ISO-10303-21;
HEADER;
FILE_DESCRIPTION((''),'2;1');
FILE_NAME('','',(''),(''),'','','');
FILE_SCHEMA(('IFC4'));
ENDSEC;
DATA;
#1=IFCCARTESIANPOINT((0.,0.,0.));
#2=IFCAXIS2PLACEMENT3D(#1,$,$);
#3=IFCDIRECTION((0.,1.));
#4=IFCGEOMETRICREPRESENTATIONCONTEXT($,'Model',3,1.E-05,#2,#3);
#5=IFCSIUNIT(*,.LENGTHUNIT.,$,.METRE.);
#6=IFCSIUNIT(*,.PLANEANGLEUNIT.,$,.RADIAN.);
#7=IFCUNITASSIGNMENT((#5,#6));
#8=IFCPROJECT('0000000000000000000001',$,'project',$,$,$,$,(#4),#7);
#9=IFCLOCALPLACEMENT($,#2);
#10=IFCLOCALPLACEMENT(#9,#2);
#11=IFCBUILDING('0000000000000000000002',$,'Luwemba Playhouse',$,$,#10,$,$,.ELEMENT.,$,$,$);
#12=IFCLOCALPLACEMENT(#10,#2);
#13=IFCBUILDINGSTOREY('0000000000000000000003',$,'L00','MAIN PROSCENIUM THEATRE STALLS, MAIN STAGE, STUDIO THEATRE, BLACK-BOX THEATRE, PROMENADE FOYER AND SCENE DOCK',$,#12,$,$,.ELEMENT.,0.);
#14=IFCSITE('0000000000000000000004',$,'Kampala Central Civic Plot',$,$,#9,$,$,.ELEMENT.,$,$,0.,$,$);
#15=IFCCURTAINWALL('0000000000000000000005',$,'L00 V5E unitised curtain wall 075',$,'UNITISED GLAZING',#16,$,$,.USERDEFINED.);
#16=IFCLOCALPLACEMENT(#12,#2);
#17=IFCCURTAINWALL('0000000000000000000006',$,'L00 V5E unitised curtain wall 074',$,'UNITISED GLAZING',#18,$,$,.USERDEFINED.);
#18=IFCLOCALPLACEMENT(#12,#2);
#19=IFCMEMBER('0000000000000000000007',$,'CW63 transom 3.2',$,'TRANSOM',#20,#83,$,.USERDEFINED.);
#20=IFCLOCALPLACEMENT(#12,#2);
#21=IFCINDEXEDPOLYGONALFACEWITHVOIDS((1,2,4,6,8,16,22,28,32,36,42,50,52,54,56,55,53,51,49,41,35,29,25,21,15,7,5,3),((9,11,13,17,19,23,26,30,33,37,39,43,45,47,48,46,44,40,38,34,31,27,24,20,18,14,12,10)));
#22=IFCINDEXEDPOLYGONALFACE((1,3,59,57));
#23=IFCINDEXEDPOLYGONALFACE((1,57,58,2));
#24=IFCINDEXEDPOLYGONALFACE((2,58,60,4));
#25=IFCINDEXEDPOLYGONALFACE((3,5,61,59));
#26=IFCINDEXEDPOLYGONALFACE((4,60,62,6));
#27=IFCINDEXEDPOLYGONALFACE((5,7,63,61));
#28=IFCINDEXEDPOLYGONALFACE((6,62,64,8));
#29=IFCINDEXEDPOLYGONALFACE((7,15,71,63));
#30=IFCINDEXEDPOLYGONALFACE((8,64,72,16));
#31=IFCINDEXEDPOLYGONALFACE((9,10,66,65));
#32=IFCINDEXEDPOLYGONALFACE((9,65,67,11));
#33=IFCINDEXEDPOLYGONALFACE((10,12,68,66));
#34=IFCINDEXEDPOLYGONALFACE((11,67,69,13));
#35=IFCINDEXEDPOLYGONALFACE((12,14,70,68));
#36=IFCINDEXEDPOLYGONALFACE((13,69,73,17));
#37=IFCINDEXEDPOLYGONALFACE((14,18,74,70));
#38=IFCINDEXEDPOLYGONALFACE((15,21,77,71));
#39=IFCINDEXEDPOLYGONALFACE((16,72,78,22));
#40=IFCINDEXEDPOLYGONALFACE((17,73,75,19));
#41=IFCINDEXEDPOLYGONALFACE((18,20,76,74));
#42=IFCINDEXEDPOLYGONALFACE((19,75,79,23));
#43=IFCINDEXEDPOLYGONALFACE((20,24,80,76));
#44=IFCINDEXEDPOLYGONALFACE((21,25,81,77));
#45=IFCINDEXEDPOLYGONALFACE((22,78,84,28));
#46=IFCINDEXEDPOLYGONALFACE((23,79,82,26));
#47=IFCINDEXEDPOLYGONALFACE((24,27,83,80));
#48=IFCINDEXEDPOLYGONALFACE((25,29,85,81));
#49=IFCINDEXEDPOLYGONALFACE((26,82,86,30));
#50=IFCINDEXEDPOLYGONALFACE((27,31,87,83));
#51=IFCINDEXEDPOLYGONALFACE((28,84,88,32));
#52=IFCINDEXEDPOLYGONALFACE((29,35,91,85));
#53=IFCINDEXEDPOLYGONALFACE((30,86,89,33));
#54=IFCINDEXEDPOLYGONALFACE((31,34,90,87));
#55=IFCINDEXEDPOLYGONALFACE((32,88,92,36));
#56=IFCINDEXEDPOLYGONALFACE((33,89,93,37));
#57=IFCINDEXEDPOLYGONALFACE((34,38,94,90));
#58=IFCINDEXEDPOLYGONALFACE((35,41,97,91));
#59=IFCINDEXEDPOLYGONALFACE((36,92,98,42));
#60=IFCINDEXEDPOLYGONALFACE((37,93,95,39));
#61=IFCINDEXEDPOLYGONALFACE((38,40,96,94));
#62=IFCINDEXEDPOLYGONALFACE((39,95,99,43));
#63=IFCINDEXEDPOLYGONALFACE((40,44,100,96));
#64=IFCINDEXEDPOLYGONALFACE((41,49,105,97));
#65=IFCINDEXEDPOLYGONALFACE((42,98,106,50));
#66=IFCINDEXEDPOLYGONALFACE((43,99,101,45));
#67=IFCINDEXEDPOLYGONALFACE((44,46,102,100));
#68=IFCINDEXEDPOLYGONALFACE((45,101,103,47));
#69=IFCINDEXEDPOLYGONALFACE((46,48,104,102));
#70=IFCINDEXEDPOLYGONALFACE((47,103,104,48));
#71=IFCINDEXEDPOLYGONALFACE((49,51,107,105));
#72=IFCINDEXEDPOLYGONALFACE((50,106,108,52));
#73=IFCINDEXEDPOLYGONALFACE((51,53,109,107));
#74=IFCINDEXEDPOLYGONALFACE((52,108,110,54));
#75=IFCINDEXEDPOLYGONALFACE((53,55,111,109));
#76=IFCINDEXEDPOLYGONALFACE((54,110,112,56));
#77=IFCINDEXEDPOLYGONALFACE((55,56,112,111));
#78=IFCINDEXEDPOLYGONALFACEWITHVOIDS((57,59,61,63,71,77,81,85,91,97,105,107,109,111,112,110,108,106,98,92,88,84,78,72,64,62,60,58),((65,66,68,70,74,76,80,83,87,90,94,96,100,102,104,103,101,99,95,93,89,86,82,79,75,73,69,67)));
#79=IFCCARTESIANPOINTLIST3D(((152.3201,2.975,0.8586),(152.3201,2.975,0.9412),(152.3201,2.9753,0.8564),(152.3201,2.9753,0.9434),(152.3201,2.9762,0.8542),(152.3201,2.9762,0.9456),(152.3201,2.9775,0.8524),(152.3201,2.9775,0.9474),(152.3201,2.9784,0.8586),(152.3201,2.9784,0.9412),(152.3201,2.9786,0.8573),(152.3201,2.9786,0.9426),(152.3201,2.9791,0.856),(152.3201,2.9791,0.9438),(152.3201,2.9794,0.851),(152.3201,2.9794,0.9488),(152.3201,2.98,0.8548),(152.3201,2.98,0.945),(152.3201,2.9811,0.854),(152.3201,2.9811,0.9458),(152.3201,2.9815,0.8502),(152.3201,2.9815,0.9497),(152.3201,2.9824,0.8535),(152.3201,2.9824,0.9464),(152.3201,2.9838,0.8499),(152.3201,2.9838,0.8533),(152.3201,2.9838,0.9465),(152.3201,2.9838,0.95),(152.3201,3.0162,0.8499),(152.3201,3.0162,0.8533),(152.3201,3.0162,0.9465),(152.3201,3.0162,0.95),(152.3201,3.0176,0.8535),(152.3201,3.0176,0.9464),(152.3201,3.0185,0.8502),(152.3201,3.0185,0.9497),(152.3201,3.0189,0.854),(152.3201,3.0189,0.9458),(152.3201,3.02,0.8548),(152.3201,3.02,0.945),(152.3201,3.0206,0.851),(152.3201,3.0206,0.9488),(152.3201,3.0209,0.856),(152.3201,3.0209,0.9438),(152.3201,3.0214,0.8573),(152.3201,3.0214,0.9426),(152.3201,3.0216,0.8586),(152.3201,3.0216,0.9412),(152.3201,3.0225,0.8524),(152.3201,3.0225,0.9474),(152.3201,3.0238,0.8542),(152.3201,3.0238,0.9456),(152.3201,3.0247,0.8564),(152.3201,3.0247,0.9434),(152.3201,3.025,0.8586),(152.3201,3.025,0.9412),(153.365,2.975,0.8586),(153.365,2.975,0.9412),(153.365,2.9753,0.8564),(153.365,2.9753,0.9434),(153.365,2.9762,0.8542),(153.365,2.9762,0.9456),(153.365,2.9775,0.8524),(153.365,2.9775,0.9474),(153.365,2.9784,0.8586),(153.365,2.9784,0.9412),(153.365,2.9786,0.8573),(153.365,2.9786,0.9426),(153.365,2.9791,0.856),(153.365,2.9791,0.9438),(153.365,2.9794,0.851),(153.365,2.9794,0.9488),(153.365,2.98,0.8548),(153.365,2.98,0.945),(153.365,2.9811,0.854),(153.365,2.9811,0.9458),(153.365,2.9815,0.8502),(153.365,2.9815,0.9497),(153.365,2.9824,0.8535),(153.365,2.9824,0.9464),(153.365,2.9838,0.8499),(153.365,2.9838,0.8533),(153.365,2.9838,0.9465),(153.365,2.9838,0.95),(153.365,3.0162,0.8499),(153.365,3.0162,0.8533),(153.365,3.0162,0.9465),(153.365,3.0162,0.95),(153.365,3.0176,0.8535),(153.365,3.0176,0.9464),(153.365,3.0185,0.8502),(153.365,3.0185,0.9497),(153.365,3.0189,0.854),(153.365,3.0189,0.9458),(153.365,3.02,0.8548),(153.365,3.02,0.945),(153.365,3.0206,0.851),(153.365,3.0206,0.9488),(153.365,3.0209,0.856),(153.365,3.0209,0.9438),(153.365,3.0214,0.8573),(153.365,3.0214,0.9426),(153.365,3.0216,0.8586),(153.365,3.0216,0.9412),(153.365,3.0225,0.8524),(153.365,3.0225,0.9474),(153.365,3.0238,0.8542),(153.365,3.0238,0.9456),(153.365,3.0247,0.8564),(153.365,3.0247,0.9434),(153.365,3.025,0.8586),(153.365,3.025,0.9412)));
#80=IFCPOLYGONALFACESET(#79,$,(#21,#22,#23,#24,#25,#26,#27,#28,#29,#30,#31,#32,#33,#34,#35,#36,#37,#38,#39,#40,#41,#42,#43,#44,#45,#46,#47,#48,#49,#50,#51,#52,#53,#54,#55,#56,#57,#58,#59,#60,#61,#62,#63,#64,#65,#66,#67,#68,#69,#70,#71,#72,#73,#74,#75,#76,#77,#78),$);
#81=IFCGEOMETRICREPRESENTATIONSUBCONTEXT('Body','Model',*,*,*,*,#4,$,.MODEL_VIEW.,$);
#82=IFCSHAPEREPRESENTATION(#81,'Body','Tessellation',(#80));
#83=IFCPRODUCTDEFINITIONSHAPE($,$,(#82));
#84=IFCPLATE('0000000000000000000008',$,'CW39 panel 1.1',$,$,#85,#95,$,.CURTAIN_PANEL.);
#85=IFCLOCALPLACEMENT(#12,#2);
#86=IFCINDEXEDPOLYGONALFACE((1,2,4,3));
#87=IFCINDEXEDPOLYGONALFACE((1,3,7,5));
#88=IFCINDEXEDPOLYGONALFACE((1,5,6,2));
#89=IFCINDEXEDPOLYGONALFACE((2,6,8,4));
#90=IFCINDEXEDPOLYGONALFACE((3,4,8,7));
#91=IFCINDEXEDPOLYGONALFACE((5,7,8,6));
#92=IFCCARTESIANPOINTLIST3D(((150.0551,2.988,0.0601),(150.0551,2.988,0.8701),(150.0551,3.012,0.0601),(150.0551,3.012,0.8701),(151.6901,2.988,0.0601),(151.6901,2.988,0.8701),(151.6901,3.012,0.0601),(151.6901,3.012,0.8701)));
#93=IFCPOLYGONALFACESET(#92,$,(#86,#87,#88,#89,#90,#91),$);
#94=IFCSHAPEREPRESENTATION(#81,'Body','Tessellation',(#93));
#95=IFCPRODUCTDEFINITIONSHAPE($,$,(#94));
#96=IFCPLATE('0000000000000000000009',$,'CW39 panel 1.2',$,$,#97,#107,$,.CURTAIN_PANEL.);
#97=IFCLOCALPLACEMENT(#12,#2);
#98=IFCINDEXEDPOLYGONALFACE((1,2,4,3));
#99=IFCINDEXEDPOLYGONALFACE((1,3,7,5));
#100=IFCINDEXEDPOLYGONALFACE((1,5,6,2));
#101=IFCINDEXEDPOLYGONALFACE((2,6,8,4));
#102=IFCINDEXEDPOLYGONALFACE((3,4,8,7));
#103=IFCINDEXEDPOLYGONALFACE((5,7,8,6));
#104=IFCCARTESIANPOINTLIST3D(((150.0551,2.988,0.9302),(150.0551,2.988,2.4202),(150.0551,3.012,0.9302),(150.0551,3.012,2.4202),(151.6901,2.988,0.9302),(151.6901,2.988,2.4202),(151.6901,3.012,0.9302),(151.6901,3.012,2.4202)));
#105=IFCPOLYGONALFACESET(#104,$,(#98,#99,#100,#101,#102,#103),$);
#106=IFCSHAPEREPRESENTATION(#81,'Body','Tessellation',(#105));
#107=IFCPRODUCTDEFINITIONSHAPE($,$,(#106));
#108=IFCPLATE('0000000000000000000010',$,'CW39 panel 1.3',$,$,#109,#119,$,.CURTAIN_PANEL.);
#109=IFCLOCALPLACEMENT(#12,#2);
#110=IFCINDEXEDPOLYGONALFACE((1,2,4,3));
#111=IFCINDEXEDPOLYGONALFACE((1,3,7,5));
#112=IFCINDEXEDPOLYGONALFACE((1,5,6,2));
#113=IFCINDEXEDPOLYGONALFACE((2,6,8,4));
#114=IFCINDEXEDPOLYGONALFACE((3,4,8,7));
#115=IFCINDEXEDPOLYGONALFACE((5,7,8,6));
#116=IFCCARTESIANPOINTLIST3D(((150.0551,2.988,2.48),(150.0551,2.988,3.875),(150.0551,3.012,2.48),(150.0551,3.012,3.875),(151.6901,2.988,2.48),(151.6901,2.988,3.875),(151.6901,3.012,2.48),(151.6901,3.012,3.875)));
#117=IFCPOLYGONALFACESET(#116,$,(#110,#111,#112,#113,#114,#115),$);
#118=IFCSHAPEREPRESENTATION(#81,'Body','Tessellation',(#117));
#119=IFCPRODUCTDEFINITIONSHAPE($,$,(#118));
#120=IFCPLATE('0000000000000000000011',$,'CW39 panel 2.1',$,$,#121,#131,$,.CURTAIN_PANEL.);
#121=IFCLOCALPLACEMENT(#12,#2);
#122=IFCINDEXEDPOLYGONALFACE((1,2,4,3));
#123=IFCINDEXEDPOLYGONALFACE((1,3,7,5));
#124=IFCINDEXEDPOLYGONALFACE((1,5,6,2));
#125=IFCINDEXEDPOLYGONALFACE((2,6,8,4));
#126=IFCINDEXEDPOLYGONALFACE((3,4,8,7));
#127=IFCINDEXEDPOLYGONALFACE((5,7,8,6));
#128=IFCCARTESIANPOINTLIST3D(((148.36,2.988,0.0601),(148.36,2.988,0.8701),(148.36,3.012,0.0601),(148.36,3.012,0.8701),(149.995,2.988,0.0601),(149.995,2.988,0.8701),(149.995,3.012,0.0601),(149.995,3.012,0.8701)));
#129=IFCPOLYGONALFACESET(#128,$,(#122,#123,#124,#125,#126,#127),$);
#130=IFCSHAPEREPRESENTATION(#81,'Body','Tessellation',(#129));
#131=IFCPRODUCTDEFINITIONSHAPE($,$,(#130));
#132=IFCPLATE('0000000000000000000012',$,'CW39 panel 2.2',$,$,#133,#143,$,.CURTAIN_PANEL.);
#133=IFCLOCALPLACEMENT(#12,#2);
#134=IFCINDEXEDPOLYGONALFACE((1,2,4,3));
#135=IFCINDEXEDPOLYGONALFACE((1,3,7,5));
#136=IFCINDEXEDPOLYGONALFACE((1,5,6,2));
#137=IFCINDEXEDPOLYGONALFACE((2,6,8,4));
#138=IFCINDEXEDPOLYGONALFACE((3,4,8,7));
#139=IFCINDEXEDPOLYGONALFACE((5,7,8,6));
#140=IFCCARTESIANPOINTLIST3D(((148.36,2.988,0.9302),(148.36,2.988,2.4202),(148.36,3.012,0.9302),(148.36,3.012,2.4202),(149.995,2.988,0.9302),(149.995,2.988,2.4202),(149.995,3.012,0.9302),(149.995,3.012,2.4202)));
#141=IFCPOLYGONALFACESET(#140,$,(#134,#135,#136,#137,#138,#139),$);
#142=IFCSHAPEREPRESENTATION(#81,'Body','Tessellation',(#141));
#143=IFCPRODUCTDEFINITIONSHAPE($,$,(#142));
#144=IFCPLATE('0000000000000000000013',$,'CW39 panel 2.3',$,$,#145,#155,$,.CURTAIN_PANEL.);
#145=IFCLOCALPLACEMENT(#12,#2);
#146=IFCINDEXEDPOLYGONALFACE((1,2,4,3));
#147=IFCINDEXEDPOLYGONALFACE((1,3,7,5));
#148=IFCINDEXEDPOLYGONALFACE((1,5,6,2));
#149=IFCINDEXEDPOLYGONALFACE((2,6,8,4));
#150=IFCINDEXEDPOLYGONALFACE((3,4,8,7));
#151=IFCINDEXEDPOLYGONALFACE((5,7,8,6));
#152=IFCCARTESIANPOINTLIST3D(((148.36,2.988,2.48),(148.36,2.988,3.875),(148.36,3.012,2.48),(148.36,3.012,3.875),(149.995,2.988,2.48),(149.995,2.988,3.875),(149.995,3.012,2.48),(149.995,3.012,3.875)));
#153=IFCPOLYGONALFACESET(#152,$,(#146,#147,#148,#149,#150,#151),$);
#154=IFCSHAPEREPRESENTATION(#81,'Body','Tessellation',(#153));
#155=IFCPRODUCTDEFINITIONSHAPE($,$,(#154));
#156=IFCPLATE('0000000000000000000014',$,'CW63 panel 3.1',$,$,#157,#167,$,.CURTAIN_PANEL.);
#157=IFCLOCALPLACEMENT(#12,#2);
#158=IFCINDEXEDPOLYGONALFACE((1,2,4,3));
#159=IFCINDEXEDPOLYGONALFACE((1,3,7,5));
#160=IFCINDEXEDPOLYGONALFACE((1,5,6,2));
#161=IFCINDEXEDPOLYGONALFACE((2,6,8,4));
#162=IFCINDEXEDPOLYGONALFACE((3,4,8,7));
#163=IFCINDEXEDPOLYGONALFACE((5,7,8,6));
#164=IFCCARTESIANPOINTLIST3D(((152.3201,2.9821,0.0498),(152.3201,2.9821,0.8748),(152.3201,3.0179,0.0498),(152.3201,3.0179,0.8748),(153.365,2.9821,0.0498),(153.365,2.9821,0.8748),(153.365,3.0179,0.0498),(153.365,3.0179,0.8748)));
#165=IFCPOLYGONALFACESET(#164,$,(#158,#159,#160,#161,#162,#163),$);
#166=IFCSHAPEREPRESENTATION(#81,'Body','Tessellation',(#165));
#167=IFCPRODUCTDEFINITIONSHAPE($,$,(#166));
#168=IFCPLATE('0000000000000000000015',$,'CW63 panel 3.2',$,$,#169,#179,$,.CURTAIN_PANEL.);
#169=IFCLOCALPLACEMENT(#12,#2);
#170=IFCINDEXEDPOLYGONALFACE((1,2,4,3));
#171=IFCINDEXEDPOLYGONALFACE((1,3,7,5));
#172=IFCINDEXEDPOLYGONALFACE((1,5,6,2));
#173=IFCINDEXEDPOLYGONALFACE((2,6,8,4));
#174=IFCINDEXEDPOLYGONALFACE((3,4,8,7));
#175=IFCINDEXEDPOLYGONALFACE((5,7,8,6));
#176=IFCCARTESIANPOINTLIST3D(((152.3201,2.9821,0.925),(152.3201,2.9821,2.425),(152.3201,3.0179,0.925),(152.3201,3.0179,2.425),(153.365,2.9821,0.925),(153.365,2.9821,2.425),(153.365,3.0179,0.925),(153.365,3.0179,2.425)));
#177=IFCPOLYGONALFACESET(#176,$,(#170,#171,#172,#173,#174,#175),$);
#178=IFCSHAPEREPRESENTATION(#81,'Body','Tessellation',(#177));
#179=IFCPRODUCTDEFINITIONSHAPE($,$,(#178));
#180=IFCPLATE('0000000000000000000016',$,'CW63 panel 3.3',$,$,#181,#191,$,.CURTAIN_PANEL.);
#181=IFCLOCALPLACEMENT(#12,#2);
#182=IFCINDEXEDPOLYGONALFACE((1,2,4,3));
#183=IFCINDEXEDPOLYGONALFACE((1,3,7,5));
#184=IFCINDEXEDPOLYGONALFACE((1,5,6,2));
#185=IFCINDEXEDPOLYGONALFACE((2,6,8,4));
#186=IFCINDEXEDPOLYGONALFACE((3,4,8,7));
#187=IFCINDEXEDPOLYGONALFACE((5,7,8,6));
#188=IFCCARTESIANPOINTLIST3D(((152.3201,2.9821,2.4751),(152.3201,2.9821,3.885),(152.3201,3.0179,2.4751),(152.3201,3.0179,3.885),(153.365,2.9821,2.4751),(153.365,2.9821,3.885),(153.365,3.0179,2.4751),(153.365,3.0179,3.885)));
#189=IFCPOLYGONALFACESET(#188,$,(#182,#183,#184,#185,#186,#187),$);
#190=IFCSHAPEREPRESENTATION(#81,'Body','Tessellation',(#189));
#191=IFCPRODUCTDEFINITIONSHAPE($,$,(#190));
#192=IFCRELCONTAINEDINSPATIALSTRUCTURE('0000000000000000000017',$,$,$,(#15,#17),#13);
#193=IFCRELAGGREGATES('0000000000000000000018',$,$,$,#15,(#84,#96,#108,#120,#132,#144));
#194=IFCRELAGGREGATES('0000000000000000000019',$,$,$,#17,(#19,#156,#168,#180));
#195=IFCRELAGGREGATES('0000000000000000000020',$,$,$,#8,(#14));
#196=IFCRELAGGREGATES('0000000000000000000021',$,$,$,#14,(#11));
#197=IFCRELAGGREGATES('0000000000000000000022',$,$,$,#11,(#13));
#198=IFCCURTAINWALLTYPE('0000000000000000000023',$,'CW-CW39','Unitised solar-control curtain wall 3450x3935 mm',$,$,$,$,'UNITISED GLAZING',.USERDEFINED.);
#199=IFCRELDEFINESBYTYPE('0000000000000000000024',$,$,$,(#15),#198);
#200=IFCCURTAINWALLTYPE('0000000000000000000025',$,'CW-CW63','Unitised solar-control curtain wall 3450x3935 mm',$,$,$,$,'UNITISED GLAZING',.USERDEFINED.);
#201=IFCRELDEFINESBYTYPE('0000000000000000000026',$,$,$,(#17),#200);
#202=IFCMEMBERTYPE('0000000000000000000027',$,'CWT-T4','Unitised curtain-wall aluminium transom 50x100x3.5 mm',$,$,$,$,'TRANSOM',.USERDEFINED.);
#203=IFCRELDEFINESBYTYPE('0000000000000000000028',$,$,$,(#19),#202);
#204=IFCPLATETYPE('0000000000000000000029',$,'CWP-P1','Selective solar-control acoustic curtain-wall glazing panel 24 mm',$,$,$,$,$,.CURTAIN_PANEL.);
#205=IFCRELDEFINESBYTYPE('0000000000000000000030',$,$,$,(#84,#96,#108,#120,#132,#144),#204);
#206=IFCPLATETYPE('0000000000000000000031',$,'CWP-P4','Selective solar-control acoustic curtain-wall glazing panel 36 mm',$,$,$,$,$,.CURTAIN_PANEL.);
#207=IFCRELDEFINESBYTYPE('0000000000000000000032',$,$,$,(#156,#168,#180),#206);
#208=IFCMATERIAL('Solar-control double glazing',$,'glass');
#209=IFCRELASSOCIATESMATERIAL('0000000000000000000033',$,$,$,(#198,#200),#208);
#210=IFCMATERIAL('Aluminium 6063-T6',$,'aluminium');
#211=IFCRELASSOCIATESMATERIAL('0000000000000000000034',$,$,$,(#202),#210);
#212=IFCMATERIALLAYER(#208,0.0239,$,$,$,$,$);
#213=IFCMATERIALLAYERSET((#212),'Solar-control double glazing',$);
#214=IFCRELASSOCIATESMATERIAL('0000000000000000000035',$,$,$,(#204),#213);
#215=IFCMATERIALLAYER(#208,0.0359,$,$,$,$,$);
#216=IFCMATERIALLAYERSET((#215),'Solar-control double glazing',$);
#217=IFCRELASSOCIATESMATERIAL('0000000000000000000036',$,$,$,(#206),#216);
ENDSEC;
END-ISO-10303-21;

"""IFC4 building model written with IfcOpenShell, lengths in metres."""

from ifc_helpers import new_model, si_unit, direction, frame, origin, origin_2d, place, context, subcontext, project, spatial, rectangle, hollow_rectangle, extrude, material, layer, layer_set, material_profile, profile_set, type_object, element, aggregate, save


model = new_model("IFC4")

# Units and contexts
model_context = context("Model", 3, precision=1e-05, world=origin(), true_north=direction((0.0, 1.0)))
body_context = subcontext(model_context, "Body", "Model", "MODEL_VIEW")
ifc_project = project(units=[si_unit("LENGTHUNIT", "METRE"), si_unit("PLANEANGLEUNIT", "RADIAN")], contexts=[model_context])

# Site, building, storey
site_placement = place(None, origin())
site = spatial("IfcSite", under=ifc_project, at=site_placement, Name="Kampala Central Civic Plot", CompositionType="ELEMENT", RefElevation=0.0)
building_placement = place(site_placement, origin())
building = spatial("IfcBuilding", under=site, at=building_placement, Name="Luwemba Playhouse", CompositionType="ELEMENT")
storey_placement = place(building_placement, origin())
storey = spatial("IfcBuildingStorey", under=building, at=storey_placement, Name="L00", Description="MAIN PROSCENIUM THEATRE STALLS, MAIN STAGE, STUDIO THEATRE, BLACK-BOX THEATRE, PROMENADE FOYER AND SCENE DOCK", CompositionType="ELEMENT", Elevation=0.0)

# Curtain wall
ifc_material_1 = material(Name="Solar-control double glazing", Category="glass")
curtain_wall_type_1 = type_object("IfcCurtainWallType", Name="CW-CW39", Description="Unitised solar-control curtain wall 3450x3935 mm", ElementType="UNITISED GLAZING", PredefinedType="USERDEFINED", material=ifc_material_1)
curtain_wall_1_placement = place(storey_placement, origin())
curtain_wall_1 = element("IfcCurtainWall", 1, at=curtain_wall_1_placement, inside=storey, type_object=curtain_wall_type_1, Name="L00 V5E unitised curtain wall 075", ObjectType="UNITISED GLAZING", PredefinedType="USERDEFINED")
ifc_material_2 = material(Name="Aluminium 6063-T6", Category="aluminium")

# Curtain wall
curtain_wall_type_2 = type_object("IfcCurtainWallType", Name="CW-CW63", Description="Unitised solar-control curtain wall 3450x3935 mm", ElementType="UNITISED GLAZING", PredefinedType="USERDEFINED", material=ifc_material_1)
curtain_wall_2_placement = place(storey_placement, origin())
curtain_wall_2 = element("IfcCurtainWall", 2, at=curtain_wall_2_placement, inside=storey, type_object=curtain_wall_type_2, Name="L00 V5E unitised curtain wall 074", ObjectType="UNITISED GLAZING", PredefinedType="USERDEFINED")

# Member
ifc_material_profile_1 = material_profile(ifc_material_2, hollow_rectangle(XDim=0.05, YDim=0.1001, WallThickness=0.0034, InnerFilletRadius=0.0054, OuterFilletRadius=0.0088, at=origin_2d()))
ifc_profile_set_1 = profile_set([ifc_material_profile_1], Name="Aluminium 6063-T6")
member_type_1 = type_object("IfcMemberType", Name="CWT-T4", Description="Unitised curtain-wall aluminium transom 50x100x3.5 mm", ElementType="TRANSOM", PredefinedType="USERDEFINED", material=ifc_profile_set_1)
member_1_placement = place(storey_placement, frame((153.365, 3.0, 0.8999), z_axis=(-1.0, 0.0, 0.0), x_axis=(0.0, -1.0, 0.0)))
member_1 = element("IfcMember", 3, at=member_1_placement, type_object=member_type_1, Name="CW63 transom 3.2", ObjectType="TRANSOM", PredefinedType="USERDEFINED", context=body_context, shape_type="SweptSolid", body=[
    extrude(hollow_rectangle(XDim=0.05, YDim=0.1001, WallThickness=0.0034, InnerFilletRadius=0.0054, OuterFilletRadius=0.0088, at=origin_2d()), origin(), (0.0, 0.0, 1.0), 1.0449),
])

# Plates
ifc_layer_1 = layer(ifc_material_1, 0.0239)
ifc_layer_set_1 = layer_set([ifc_layer_1], Name="Solar-control double glazing")
plate_type_1 = type_object("IfcPlateType", Name="CWP-P1", Description="Selective solar-control acoustic curtain-wall glazing panel 24 mm", PredefinedType="CURTAIN_PANEL", material=ifc_layer_set_1)
plate_1_placement = place(storey_placement, frame((150.8726, 3.0, 0.0601), z_axis=(0.0, 0.0, 1.0), x_axis=(-1.0, 0.0, 0.0)))
plate_1 = element("IfcPlate", 4, at=plate_1_placement, type_object=plate_type_1, Name="CW39 panel 1.1", PredefinedType="CURTAIN_PANEL", context=body_context, shape_type="SweptSolid", body=[
    extrude(rectangle(XDim=1.635, YDim=0.0239, at=origin_2d()), origin(), (0.0, 0.0, 1.0), 0.8101),
])
plate_2_placement = place(storey_placement, frame((150.8726, 3.0, 0.9302), z_axis=(0.0, 0.0, 1.0), x_axis=(-1.0, 0.0, 0.0)))
plate_2 = element("IfcPlate", 5, at=plate_2_placement, type_object=plate_type_1, Name="CW39 panel 1.2", PredefinedType="CURTAIN_PANEL", context=body_context, shape_type="SweptSolid", body=[
    extrude(rectangle(XDim=1.635, YDim=0.0239, at=origin_2d()), origin(), (0.0, 0.0, 1.0), 1.49),
])
plate_3_placement = place(storey_placement, frame((150.8726, 3.0, 2.48), z_axis=(0.0, 0.0, 1.0), x_axis=(-1.0, 0.0, 0.0)))
plate_3 = element("IfcPlate", 6, at=plate_3_placement, type_object=plate_type_1, Name="CW39 panel 1.3", PredefinedType="CURTAIN_PANEL", context=body_context, shape_type="SweptSolid", body=[
    extrude(rectangle(XDim=1.635, YDim=0.0239, at=origin_2d()), origin(), (0.0, 0.0, 1.0), 1.395),
])
plate_4_placement = place(storey_placement, frame((149.1775, 3.0, 0.0601), z_axis=(0.0, 0.0, 1.0), x_axis=(-1.0, 0.0, 0.0)))
plate_4 = element("IfcPlate", 7, at=plate_4_placement, type_object=plate_type_1, Name="CW39 panel 2.1", PredefinedType="CURTAIN_PANEL", context=body_context, shape_type="SweptSolid", body=[
    extrude(rectangle(XDim=1.635, YDim=0.0239, at=origin_2d()), origin(), (0.0, 0.0, 1.0), 0.8101),
])
plate_5_placement = place(storey_placement, frame((149.1775, 3.0, 0.9302), z_axis=(0.0, 0.0, 1.0), x_axis=(-1.0, 0.0, 0.0)))
plate_5 = element("IfcPlate", 8, at=plate_5_placement, type_object=plate_type_1, Name="CW39 panel 2.2", PredefinedType="CURTAIN_PANEL", context=body_context, shape_type="SweptSolid", body=[
    extrude(rectangle(XDim=1.635, YDim=0.0239, at=origin_2d()), origin(), (0.0, 0.0, 1.0), 1.49),
])
plate_6_placement = place(storey_placement, frame((149.1775, 3.0, 2.48), z_axis=(0.0, 0.0, 1.0), x_axis=(-1.0, 0.0, 0.0)))
plate_6 = element("IfcPlate", 9, at=plate_6_placement, type_object=plate_type_1, Name="CW39 panel 2.3", PredefinedType="CURTAIN_PANEL", context=body_context, shape_type="SweptSolid", body=[
    extrude(rectangle(XDim=1.635, YDim=0.0239, at=origin_2d()), origin(), (0.0, 0.0, 1.0), 1.395),
])
aggregate(curtain_wall_1, [plate_1, plate_2, plate_3, plate_4, plate_5, plate_6])
ifc_layer_2 = layer(ifc_material_1, 0.0359)
ifc_layer_set_2 = layer_set([ifc_layer_2], Name="Solar-control double glazing")
plate_type_2 = type_object("IfcPlateType", Name="CWP-P4", Description="Selective solar-control acoustic curtain-wall glazing panel 36 mm", PredefinedType="CURTAIN_PANEL", material=ifc_layer_set_2)
plate_7_placement = place(storey_placement, frame((152.8425, 3.0, 0.0498), z_axis=(0.0, 0.0, 1.0), x_axis=(-1.0, 0.0, 0.0)))
plate_7 = element("IfcPlate", 10, at=plate_7_placement, type_object=plate_type_2, Name="CW63 panel 3.1", PredefinedType="CURTAIN_PANEL", context=body_context, shape_type="SweptSolid", body=[
    extrude(rectangle(XDim=1.0449, YDim=0.0359, at=origin_2d()), origin(), (0.0, 0.0, 1.0), 0.825),
])
plate_8_placement = place(storey_placement, frame((152.8425, 3.0, 0.925), z_axis=(0.0, 0.0, 1.0), x_axis=(-1.0, 0.0, 0.0)))
plate_8 = element("IfcPlate", 11, at=plate_8_placement, type_object=plate_type_2, Name="CW63 panel 3.2", PredefinedType="CURTAIN_PANEL", context=body_context, shape_type="SweptSolid", body=[
    extrude(rectangle(XDim=1.0449, YDim=0.0359, at=origin_2d()), origin(), (0.0, 0.0, 1.0), 1.5),
])
plate_9_placement = place(storey_placement, frame((152.8425, 3.0, 2.4751), z_axis=(0.0, 0.0, 1.0), x_axis=(-1.0, 0.0, 0.0)))
plate_9 = element("IfcPlate", 12, at=plate_9_placement, type_object=plate_type_2, Name="CW63 panel 3.3", PredefinedType="CURTAIN_PANEL", context=body_context, shape_type="SweptSolid", body=[
    extrude(rectangle(XDim=1.0449, YDim=0.0359, at=origin_2d()), origin(), (0.0, 0.0, 1.0), 1.4099),
])
aggregate(curtain_wall_2, [member_1, plate_7, plate_8, plate_9])

save(model, "model.ifc")
